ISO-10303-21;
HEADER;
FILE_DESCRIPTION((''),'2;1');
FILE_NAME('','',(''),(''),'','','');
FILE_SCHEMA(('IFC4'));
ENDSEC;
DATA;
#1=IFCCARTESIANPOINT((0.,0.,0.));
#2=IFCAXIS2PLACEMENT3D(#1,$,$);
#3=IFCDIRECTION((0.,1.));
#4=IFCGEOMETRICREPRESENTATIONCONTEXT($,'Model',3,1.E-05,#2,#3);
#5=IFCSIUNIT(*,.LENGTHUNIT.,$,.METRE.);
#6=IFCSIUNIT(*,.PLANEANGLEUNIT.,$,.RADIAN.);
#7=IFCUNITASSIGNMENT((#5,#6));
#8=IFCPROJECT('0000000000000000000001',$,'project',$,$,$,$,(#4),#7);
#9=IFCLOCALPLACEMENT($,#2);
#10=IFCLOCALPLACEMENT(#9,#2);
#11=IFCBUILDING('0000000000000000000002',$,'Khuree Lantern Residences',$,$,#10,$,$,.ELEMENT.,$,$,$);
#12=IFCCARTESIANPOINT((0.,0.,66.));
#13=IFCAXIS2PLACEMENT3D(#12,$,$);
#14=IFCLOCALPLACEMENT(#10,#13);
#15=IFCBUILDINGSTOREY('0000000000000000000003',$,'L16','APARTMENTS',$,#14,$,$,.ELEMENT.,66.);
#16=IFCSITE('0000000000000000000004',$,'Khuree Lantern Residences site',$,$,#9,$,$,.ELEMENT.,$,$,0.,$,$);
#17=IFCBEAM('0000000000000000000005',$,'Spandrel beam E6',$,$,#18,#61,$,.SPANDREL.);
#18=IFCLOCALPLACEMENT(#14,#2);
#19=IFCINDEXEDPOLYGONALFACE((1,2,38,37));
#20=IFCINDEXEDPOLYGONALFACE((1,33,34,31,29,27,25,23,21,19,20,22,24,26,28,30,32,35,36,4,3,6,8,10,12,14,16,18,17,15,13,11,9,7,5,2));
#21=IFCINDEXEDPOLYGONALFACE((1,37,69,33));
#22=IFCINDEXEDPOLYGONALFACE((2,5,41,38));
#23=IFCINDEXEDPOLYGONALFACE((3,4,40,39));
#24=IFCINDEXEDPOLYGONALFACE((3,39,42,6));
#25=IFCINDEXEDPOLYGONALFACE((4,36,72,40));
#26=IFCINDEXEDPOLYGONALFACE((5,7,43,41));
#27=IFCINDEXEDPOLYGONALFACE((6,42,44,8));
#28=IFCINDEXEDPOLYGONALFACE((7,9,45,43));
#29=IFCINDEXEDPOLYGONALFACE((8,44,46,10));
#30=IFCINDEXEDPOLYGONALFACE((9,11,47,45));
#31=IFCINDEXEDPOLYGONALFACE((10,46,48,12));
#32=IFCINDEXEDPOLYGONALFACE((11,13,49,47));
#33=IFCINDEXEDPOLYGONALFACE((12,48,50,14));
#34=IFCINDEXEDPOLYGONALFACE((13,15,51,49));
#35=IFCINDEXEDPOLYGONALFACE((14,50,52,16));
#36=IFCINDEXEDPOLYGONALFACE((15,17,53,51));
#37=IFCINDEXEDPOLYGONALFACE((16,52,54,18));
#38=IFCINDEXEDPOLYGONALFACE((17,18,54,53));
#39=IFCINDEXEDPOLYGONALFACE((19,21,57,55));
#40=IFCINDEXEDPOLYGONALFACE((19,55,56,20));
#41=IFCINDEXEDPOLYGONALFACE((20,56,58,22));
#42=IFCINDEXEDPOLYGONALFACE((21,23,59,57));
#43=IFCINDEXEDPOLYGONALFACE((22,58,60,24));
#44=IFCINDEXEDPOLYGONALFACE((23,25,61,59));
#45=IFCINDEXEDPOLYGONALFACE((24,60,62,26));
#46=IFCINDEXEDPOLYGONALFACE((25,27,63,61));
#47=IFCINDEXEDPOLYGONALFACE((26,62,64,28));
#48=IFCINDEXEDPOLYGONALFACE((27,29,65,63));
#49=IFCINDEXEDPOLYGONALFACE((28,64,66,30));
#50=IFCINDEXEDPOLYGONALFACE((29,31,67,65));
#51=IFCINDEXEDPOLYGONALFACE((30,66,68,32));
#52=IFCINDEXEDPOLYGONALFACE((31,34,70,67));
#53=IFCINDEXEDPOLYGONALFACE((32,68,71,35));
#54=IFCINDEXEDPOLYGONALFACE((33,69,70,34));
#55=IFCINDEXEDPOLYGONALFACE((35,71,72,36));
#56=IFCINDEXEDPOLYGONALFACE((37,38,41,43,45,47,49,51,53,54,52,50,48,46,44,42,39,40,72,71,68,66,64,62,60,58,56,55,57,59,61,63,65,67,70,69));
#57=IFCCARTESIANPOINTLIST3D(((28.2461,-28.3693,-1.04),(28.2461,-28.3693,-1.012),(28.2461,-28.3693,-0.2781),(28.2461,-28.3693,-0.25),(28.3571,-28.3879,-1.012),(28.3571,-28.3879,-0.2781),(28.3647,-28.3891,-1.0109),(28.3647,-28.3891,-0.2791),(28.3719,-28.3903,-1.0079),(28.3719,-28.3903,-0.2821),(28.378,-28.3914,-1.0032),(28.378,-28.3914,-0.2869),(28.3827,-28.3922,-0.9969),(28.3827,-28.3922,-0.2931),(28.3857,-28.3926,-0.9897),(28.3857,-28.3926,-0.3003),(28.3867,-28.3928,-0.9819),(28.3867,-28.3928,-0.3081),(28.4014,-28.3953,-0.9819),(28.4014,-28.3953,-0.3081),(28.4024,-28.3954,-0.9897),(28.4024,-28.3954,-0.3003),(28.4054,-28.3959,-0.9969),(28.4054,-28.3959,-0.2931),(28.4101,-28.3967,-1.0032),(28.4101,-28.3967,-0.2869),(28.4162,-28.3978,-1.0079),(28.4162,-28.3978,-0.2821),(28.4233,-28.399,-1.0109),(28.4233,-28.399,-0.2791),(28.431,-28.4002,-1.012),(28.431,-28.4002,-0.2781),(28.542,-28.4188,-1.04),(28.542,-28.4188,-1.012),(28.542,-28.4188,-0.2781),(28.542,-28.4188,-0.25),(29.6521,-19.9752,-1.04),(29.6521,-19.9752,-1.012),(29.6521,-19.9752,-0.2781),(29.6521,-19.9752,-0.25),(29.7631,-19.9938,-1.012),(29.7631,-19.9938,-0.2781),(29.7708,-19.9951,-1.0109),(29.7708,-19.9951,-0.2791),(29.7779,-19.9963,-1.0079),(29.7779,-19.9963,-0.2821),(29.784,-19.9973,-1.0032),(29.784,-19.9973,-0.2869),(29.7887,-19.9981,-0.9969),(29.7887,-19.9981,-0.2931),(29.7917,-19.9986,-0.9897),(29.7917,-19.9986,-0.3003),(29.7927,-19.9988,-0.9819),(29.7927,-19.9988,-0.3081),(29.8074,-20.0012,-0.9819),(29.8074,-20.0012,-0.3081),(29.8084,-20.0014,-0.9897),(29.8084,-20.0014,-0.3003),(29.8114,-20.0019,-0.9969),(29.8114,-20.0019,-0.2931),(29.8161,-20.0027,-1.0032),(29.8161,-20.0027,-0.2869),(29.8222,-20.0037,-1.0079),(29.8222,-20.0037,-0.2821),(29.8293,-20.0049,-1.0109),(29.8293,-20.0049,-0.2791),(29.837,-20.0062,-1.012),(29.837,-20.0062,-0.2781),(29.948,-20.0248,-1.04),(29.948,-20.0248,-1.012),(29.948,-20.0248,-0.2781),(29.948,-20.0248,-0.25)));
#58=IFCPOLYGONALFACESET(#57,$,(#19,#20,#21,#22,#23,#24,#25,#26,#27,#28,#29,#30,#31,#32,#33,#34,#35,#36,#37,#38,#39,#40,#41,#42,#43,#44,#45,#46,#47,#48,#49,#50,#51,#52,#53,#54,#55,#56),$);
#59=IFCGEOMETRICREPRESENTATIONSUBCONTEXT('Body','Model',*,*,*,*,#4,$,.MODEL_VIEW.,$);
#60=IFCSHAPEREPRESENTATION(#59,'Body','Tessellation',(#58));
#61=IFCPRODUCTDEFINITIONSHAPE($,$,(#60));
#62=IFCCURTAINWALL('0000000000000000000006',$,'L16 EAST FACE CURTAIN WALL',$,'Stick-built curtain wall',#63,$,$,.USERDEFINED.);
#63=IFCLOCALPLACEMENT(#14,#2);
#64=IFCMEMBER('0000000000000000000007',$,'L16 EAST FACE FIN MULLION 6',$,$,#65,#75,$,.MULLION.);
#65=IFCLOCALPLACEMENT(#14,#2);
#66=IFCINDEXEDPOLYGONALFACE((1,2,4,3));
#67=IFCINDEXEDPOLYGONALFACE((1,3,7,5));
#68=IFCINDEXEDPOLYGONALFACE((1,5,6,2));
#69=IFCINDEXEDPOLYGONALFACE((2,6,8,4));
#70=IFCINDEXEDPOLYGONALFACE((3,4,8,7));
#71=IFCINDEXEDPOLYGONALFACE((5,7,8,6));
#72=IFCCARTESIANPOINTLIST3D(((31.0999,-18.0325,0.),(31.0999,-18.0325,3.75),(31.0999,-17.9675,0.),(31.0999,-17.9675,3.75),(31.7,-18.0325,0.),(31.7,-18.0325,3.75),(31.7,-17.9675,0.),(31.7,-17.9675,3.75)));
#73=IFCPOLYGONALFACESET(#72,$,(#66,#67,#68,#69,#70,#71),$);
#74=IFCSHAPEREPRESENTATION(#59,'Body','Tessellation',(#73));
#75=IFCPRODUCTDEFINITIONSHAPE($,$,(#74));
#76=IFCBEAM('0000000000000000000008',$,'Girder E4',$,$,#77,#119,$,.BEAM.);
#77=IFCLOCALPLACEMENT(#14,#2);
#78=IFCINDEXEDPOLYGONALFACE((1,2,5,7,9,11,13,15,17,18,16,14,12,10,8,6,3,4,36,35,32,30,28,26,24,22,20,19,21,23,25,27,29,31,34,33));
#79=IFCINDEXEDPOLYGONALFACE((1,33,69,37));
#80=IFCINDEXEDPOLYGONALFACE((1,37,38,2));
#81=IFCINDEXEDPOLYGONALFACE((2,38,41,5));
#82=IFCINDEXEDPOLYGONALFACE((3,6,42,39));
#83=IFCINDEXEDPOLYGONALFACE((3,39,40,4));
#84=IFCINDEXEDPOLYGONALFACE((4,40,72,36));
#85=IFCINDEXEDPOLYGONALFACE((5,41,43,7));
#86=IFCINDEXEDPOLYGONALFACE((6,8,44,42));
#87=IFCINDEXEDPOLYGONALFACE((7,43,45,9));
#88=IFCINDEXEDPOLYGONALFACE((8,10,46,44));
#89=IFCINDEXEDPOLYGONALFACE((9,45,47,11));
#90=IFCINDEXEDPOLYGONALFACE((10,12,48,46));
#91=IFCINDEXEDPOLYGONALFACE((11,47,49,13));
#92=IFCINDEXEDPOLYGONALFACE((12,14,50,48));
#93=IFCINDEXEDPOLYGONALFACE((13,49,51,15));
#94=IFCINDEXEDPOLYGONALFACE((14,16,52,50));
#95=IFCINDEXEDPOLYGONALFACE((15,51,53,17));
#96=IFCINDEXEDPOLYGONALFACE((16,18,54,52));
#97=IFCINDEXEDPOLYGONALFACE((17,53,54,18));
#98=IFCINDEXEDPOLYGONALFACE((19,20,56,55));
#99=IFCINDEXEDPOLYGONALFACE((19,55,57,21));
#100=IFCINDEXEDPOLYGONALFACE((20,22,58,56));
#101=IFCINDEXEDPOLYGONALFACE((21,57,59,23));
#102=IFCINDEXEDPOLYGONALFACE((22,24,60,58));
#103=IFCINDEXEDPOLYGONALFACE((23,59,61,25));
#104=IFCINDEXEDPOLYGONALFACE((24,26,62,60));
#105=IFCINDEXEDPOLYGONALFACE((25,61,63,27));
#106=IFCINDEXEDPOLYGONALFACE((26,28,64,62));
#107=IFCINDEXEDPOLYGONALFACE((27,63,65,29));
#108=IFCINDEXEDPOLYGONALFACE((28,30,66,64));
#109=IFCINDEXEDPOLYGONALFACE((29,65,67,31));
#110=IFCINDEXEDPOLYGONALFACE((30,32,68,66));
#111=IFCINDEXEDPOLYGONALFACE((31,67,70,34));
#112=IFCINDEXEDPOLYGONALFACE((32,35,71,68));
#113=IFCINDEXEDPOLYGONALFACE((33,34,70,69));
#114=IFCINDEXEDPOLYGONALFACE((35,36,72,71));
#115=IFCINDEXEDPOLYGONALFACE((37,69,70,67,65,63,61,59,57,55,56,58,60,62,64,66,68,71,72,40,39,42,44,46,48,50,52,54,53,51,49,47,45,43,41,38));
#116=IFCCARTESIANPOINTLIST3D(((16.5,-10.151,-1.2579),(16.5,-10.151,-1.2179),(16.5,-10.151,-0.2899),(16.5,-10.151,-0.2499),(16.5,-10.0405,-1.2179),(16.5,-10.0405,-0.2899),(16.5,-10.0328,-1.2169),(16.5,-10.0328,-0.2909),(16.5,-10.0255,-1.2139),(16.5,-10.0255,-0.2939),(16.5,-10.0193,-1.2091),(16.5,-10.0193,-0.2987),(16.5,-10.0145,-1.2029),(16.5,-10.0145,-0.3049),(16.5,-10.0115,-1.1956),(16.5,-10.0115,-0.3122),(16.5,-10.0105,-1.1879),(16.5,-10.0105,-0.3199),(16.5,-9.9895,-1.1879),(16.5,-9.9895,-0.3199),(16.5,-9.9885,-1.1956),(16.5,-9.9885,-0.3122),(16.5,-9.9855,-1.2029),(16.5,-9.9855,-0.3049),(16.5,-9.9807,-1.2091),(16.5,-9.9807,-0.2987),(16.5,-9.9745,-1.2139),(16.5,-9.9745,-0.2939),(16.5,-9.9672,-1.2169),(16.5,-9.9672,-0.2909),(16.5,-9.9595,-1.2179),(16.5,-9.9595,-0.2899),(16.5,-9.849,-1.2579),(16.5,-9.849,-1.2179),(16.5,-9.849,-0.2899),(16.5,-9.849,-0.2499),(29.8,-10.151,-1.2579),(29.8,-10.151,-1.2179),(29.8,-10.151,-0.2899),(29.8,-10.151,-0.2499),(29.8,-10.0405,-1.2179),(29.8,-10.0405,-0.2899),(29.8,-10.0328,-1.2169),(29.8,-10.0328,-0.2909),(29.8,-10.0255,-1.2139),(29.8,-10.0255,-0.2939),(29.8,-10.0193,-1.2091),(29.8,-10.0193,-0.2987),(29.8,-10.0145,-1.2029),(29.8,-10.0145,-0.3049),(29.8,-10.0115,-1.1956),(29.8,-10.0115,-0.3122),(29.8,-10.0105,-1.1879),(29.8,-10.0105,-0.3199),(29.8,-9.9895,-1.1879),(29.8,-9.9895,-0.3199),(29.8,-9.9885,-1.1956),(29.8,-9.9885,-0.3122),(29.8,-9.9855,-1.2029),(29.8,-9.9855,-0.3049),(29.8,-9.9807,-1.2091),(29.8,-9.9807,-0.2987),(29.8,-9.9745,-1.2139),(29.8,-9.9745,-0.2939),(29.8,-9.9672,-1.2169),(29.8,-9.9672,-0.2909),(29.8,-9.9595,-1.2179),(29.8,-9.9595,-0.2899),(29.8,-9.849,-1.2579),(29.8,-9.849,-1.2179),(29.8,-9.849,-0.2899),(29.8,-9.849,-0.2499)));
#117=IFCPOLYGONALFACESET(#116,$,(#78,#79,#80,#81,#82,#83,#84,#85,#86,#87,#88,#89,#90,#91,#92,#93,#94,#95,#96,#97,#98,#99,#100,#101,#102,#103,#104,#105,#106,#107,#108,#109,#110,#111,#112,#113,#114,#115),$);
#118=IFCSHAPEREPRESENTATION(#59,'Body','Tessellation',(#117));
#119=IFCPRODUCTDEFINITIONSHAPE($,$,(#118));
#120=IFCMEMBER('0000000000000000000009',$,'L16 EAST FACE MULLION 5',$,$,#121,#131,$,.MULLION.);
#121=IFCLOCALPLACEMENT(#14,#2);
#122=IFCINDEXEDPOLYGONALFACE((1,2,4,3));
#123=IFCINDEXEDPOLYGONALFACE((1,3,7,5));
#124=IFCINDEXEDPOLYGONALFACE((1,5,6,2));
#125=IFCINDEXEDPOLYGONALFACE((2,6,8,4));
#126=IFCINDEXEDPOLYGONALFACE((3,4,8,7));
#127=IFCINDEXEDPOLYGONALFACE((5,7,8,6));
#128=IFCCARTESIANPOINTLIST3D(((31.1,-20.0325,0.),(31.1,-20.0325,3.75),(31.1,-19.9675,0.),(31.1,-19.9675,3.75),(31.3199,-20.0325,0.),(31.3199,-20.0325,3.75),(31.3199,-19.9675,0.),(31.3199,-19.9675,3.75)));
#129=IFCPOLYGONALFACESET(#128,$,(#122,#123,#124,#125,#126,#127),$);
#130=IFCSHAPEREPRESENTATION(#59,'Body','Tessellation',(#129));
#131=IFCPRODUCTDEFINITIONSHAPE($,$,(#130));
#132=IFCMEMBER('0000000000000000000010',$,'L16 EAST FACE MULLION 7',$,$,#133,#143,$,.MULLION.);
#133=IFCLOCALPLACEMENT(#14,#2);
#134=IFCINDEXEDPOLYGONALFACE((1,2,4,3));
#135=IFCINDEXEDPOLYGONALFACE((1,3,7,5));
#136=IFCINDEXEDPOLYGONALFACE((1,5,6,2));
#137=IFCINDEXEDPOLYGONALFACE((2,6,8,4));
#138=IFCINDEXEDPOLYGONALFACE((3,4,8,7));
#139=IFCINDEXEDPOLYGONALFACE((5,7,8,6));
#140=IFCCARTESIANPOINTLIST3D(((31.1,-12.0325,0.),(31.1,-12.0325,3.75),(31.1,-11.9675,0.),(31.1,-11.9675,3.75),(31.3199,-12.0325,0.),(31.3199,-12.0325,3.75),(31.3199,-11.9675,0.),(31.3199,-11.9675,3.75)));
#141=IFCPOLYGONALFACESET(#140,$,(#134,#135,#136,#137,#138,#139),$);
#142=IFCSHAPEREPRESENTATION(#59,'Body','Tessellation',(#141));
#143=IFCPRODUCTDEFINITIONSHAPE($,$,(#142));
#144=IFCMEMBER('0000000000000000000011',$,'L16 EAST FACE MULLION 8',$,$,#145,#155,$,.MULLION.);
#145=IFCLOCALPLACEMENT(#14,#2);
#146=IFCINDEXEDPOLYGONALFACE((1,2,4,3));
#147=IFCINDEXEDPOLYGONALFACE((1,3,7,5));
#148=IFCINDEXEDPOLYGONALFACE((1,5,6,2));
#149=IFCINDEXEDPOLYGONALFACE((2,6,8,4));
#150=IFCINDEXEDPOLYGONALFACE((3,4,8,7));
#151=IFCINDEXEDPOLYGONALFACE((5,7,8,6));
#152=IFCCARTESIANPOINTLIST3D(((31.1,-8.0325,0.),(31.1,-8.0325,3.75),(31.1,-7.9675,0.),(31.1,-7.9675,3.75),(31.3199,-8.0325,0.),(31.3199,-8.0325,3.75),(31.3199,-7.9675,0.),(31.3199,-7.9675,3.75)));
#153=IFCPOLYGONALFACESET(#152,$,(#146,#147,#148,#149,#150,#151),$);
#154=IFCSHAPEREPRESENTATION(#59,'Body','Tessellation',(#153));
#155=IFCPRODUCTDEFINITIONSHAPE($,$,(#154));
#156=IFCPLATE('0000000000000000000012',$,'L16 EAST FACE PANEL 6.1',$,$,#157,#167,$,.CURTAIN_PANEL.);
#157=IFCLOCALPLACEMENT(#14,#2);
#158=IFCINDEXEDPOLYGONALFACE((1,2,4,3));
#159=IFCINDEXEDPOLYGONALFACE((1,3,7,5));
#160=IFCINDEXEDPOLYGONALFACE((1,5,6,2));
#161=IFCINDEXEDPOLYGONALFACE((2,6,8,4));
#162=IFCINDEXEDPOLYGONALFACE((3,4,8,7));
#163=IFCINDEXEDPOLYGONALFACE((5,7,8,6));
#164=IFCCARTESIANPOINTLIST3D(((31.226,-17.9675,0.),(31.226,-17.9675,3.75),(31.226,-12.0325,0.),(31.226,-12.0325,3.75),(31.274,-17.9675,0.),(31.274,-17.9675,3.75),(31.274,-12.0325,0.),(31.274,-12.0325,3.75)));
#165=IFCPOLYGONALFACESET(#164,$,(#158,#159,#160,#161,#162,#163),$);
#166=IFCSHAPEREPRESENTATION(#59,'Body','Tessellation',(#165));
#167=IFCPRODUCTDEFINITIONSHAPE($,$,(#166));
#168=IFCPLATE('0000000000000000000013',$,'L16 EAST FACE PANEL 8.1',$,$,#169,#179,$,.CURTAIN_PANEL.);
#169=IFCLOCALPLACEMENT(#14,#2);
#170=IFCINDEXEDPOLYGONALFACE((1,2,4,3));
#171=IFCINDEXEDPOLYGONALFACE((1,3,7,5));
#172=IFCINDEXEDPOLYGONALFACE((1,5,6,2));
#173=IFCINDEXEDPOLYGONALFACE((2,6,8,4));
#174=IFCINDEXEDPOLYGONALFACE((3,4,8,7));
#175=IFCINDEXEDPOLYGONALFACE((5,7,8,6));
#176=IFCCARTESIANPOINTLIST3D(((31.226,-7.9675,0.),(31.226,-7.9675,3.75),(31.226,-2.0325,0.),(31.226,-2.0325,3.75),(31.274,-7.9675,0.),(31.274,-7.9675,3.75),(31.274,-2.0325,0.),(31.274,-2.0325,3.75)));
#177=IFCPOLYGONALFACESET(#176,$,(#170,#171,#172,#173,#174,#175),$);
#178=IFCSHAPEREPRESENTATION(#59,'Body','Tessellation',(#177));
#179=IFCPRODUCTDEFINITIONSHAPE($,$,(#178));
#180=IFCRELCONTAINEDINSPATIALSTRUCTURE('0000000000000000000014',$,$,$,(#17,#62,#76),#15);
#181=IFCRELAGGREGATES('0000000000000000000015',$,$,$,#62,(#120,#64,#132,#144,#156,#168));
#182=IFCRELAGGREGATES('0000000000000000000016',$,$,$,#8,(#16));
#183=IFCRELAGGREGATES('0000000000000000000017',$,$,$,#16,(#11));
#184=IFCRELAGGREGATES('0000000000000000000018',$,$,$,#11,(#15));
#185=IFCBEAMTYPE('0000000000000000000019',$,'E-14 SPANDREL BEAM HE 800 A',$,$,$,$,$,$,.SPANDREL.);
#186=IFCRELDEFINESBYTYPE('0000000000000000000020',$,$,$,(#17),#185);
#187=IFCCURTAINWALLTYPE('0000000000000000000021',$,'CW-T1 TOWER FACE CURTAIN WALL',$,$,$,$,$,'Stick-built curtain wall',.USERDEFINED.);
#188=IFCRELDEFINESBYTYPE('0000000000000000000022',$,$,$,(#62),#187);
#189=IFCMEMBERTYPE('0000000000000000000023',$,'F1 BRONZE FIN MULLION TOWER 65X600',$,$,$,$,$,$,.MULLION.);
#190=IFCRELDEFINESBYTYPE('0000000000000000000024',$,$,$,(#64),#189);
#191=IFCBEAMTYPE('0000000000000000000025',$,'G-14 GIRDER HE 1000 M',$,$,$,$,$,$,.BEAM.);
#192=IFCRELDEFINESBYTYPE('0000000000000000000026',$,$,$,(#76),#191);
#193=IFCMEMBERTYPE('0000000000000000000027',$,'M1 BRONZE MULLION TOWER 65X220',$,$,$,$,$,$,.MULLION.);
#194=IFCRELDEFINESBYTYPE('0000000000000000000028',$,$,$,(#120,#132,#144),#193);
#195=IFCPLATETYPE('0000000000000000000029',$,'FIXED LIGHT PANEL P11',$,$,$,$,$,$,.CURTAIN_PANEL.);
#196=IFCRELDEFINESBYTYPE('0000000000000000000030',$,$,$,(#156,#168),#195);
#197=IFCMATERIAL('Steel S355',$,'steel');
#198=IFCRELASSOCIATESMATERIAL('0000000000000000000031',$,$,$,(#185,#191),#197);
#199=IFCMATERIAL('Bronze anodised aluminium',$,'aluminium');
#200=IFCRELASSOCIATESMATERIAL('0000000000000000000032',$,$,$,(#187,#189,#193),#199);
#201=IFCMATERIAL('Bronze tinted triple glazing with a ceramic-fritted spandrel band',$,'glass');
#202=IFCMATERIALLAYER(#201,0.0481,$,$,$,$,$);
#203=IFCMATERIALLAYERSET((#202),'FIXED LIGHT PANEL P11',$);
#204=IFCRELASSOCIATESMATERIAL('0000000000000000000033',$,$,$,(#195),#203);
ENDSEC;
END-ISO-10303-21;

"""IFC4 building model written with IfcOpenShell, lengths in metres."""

from ifc_helpers import new_model, si_unit, direction, frame, origin, origin_2d, place, context, subcontext, project, spatial, rectangle, i_section, extrude, material, layer, layer_set, material_profile, profile_set, type_object, element, aggregate, save


model = new_model("IFC4")

# Units and contexts
model_context = context("Model", 3, precision=1e-05, world=origin(), true_north=direction((0.0, 1.0)))
body_context = subcontext(model_context, "Body", "Model", "MODEL_VIEW")
ifc_project = project(units=[si_unit("LENGTHUNIT", "METRE"), si_unit("PLANEANGLEUNIT", "RADIAN")], contexts=[model_context])

# Site, building, storey
site_placement = place(None, origin())
site = spatial("IfcSite", under=ifc_project, at=site_placement, Name="Khuree Lantern Residences site", CompositionType="ELEMENT", RefElevation=0.0)
building_placement = place(site_placement, origin())
building = spatial("IfcBuilding", under=site, at=building_placement, Name="Khuree Lantern Residences", CompositionType="ELEMENT")
storey_placement = place(building_placement, frame((0.0, 0.0, 66.0)))
storey = spatial("IfcBuildingStorey", under=building, at=storey_placement, Name="L16", Description="APARTMENTS", CompositionType="ELEMENT", Elevation=66.0)

# Beam
ifc_material_1 = material(Name="Steel S355", Category="steel")
ifc_material_profile_1 = material_profile(ifc_material_1, i_section(OverallWidth=0.3, OverallDepth=0.79, WebThickness=0.0149, FlangeThickness=0.0281, FilletRadius=0.03, at=origin_2d()), Name="HE 800 A")
ifc_profile_set_1 = profile_set([ifc_material_profile_1], Name="Steel S355")
beam_type_1 = type_object("IfcBeamType", Name="E-14 SPANDREL BEAM HE 800 A", PredefinedType="SPANDREL", material=ifc_profile_set_1)
beam_1_placement = place(storey_placement, frame((29.8, -20.0, -0.645), z_axis=(-0.165199, -0.98626, 0.0), x_axis=(0.98626, -0.165199, 0.0)))
element("IfcBeam", 1, at=beam_1_placement, inside=storey, type_object=beam_type_1, Name="Spandrel beam E6", PredefinedType="SPANDREL", context=body_context, shape_type="SweptSolid", body=[
    extrude(i_section(OverallWidth=0.3, OverallDepth=0.79, WebThickness=0.0149, FlangeThickness=0.0281, FilletRadius=0.03, at=origin_2d()), origin(), (0.0, 0.0, 1.0), 8.511),
])

# Curtain wall, member
ifc_material_2 = material(Name="Bronze anodised aluminium", Category="aluminium")
curtain_wall_type = type_object("IfcCurtainWallType", Name="CW-T1 TOWER FACE CURTAIN WALL", ElementType="Stick-built curtain wall", PredefinedType="USERDEFINED", material=ifc_material_2)
curtain_wall_placement = place(storey_placement, origin())
curtain_wall = element("IfcCurtainWall", 2, at=curtain_wall_placement, inside=storey, type_object=curtain_wall_type, Name="L16 EAST FACE CURTAIN WALL", ObjectType="Stick-built curtain wall", PredefinedType="USERDEFINED")
ifc_material_profile_2 = material_profile(ifc_material_2, rectangle(XDim=0.0649, YDim=0.6001, at=origin_2d()), Name="F1 65X600")
ifc_profile_set_2 = profile_set([ifc_material_profile_2], Name="Bronze anodised aluminium")
member_type_1 = type_object("IfcMemberType", Name="F1 BRONZE FIN MULLION TOWER 65X600", PredefinedType="MULLION", material=ifc_profile_set_2)
member_1_placement = place(storey_placement, frame((31.3999, -18.0, 0.0), z_axis=(0.0, 0.0, 1.0), x_axis=(0.0, 1.0, 0.0)))
member_1 = element("IfcMember", 3, at=member_1_placement, type_object=member_type_1, Name="L16 EAST FACE FIN MULLION 6", PredefinedType="MULLION", context=body_context, shape_type="SweptSolid", body=[
    extrude(rectangle(XDim=0.0649, YDim=0.6001, at=origin_2d()), origin(), (0.0, 0.0, 1.0), 3.75),
])

# Beam
ifc_material_profile_3 = material_profile(ifc_material_1, i_section(OverallWidth=0.302, OverallDepth=1.0081, WebThickness=0.021, FlangeThickness=0.04, FilletRadius=0.03, at=origin_2d()), Name="HE 1000 M")
ifc_profile_set_3 = profile_set([ifc_material_profile_3], Name="Steel S355")
beam_type_2 = type_object("IfcBeamType", Name="G-14 GIRDER HE 1000 M", PredefinedType="BEAM", material=ifc_profile_set_3)
beam_2_placement = place(storey_placement, frame((29.8, -10.0, -0.7539), z_axis=(-1.0, 0.0, 0.0), x_axis=(0.0, -1.0, 0.0)))
element("IfcBeam", 4, at=beam_2_placement, inside=storey, type_object=beam_type_2, Name="Girder E4", PredefinedType="BEAM", context=body_context, shape_type="SweptSolid", body=[
    extrude(i_section(OverallWidth=0.302, OverallDepth=1.0081, WebThickness=0.021, FlangeThickness=0.04, FilletRadius=0.03, at=origin_2d()), origin(), (0.0, 0.0, 1.0), 13.3),
])

# Members
ifc_material_profile_4 = material_profile(ifc_material_2, rectangle(XDim=0.0649, YDim=0.22, at=origin_2d()), Name="M1 65X220")
ifc_profile_set_4 = profile_set([ifc_material_profile_4], Name="Bronze anodised aluminium")
member_type_2 = type_object("IfcMemberType", Name="M1 BRONZE MULLION TOWER 65X220", PredefinedType="MULLION", material=ifc_profile_set_4)
member_2_placement = place(storey_placement, frame((31.21, -20.0, 0.0), z_axis=(0.0, 0.0, 1.0), x_axis=(0.0, 1.0, 0.0)))
member_2 = element("IfcMember", 5, at=member_2_placement, type_object=member_type_2, Name="L16 EAST FACE MULLION 5", PredefinedType="MULLION", context=body_context, shape_type="SweptSolid", body=[
    extrude(rectangle(XDim=0.0649, YDim=0.22, at=origin_2d()), origin(), (0.0, 0.0, 1.0), 3.75),
])
member_3_placement = place(storey_placement, frame((31.21, -12.0, 0.0), z_axis=(0.0, 0.0, 1.0), x_axis=(0.0, 1.0, 0.0)))
member_3 = element("IfcMember", 6, at=member_3_placement, type_object=member_type_2, Name="L16 EAST FACE MULLION 7", PredefinedType="MULLION", context=body_context, shape_type="SweptSolid", body=[
    extrude(rectangle(XDim=0.0649, YDim=0.22, at=origin_2d()), origin(), (0.0, 0.0, 1.0), 3.75),
])
member_4_placement = place(storey_placement, frame((31.21, -8.0, 0.0), z_axis=(0.0, 0.0, 1.0), x_axis=(0.0, 1.0, 0.0)))
member_4 = element("IfcMember", 7, at=member_4_placement, type_object=member_type_2, Name="L16 EAST FACE MULLION 8", PredefinedType="MULLION", context=body_context, shape_type="SweptSolid", body=[
    extrude(rectangle(XDim=0.0649, YDim=0.22, at=origin_2d()), origin(), (0.0, 0.0, 1.0), 3.75),
])

# Plates
ifc_material_3 = material(Name="Bronze tinted triple glazing with a ceramic-fritted spandrel band", Category="glass")
ifc_layer_1 = layer(ifc_material_3, 0.0481)
ifc_layer_set_1 = layer_set([ifc_layer_1], Name="FIXED LIGHT PANEL P11")
plate_type_1 = type_object("IfcPlateType", Name="FIXED LIGHT PANEL P11", PredefinedType="CURTAIN_PANEL", material=ifc_layer_set_1)
plate_1_placement = place(storey_placement, frame((31.25, -15.0, 0.0), z_axis=(0.0, 0.0, 1.0), x_axis=(0.0, 1.0, 0.0)))
plate_1 = element("IfcPlate", 8, at=plate_1_placement, type_object=plate_type_1, Name="L16 EAST FACE PANEL 6.1", PredefinedType="CURTAIN_PANEL", context=body_context, shape_type="SweptSolid", body=[
    extrude(rectangle(XDim=5.9351, YDim=0.0481, at=origin_2d()), origin(), (0.0, 0.0, 1.0), 3.75),
])
plate_2_placement = place(storey_placement, frame((31.25, -5.0, 0.0), z_axis=(0.0, 0.0, 1.0), x_axis=(0.0, 1.0, 0.0)))
plate_2 = element("IfcPlate", 9, at=plate_2_placement, type_object=plate_type_1, Name="L16 EAST FACE PANEL 8.1", PredefinedType="CURTAIN_PANEL", context=body_context, shape_type="SweptSolid", body=[
    extrude(rectangle(XDim=5.9351, YDim=0.0481, at=origin_2d()), origin(), (0.0, 0.0, 1.0), 3.75),
])
aggregate(curtain_wall, [member_2, member_1, member_3, member_4, plate_1, plate_2])

save(model, "model.ifc")
